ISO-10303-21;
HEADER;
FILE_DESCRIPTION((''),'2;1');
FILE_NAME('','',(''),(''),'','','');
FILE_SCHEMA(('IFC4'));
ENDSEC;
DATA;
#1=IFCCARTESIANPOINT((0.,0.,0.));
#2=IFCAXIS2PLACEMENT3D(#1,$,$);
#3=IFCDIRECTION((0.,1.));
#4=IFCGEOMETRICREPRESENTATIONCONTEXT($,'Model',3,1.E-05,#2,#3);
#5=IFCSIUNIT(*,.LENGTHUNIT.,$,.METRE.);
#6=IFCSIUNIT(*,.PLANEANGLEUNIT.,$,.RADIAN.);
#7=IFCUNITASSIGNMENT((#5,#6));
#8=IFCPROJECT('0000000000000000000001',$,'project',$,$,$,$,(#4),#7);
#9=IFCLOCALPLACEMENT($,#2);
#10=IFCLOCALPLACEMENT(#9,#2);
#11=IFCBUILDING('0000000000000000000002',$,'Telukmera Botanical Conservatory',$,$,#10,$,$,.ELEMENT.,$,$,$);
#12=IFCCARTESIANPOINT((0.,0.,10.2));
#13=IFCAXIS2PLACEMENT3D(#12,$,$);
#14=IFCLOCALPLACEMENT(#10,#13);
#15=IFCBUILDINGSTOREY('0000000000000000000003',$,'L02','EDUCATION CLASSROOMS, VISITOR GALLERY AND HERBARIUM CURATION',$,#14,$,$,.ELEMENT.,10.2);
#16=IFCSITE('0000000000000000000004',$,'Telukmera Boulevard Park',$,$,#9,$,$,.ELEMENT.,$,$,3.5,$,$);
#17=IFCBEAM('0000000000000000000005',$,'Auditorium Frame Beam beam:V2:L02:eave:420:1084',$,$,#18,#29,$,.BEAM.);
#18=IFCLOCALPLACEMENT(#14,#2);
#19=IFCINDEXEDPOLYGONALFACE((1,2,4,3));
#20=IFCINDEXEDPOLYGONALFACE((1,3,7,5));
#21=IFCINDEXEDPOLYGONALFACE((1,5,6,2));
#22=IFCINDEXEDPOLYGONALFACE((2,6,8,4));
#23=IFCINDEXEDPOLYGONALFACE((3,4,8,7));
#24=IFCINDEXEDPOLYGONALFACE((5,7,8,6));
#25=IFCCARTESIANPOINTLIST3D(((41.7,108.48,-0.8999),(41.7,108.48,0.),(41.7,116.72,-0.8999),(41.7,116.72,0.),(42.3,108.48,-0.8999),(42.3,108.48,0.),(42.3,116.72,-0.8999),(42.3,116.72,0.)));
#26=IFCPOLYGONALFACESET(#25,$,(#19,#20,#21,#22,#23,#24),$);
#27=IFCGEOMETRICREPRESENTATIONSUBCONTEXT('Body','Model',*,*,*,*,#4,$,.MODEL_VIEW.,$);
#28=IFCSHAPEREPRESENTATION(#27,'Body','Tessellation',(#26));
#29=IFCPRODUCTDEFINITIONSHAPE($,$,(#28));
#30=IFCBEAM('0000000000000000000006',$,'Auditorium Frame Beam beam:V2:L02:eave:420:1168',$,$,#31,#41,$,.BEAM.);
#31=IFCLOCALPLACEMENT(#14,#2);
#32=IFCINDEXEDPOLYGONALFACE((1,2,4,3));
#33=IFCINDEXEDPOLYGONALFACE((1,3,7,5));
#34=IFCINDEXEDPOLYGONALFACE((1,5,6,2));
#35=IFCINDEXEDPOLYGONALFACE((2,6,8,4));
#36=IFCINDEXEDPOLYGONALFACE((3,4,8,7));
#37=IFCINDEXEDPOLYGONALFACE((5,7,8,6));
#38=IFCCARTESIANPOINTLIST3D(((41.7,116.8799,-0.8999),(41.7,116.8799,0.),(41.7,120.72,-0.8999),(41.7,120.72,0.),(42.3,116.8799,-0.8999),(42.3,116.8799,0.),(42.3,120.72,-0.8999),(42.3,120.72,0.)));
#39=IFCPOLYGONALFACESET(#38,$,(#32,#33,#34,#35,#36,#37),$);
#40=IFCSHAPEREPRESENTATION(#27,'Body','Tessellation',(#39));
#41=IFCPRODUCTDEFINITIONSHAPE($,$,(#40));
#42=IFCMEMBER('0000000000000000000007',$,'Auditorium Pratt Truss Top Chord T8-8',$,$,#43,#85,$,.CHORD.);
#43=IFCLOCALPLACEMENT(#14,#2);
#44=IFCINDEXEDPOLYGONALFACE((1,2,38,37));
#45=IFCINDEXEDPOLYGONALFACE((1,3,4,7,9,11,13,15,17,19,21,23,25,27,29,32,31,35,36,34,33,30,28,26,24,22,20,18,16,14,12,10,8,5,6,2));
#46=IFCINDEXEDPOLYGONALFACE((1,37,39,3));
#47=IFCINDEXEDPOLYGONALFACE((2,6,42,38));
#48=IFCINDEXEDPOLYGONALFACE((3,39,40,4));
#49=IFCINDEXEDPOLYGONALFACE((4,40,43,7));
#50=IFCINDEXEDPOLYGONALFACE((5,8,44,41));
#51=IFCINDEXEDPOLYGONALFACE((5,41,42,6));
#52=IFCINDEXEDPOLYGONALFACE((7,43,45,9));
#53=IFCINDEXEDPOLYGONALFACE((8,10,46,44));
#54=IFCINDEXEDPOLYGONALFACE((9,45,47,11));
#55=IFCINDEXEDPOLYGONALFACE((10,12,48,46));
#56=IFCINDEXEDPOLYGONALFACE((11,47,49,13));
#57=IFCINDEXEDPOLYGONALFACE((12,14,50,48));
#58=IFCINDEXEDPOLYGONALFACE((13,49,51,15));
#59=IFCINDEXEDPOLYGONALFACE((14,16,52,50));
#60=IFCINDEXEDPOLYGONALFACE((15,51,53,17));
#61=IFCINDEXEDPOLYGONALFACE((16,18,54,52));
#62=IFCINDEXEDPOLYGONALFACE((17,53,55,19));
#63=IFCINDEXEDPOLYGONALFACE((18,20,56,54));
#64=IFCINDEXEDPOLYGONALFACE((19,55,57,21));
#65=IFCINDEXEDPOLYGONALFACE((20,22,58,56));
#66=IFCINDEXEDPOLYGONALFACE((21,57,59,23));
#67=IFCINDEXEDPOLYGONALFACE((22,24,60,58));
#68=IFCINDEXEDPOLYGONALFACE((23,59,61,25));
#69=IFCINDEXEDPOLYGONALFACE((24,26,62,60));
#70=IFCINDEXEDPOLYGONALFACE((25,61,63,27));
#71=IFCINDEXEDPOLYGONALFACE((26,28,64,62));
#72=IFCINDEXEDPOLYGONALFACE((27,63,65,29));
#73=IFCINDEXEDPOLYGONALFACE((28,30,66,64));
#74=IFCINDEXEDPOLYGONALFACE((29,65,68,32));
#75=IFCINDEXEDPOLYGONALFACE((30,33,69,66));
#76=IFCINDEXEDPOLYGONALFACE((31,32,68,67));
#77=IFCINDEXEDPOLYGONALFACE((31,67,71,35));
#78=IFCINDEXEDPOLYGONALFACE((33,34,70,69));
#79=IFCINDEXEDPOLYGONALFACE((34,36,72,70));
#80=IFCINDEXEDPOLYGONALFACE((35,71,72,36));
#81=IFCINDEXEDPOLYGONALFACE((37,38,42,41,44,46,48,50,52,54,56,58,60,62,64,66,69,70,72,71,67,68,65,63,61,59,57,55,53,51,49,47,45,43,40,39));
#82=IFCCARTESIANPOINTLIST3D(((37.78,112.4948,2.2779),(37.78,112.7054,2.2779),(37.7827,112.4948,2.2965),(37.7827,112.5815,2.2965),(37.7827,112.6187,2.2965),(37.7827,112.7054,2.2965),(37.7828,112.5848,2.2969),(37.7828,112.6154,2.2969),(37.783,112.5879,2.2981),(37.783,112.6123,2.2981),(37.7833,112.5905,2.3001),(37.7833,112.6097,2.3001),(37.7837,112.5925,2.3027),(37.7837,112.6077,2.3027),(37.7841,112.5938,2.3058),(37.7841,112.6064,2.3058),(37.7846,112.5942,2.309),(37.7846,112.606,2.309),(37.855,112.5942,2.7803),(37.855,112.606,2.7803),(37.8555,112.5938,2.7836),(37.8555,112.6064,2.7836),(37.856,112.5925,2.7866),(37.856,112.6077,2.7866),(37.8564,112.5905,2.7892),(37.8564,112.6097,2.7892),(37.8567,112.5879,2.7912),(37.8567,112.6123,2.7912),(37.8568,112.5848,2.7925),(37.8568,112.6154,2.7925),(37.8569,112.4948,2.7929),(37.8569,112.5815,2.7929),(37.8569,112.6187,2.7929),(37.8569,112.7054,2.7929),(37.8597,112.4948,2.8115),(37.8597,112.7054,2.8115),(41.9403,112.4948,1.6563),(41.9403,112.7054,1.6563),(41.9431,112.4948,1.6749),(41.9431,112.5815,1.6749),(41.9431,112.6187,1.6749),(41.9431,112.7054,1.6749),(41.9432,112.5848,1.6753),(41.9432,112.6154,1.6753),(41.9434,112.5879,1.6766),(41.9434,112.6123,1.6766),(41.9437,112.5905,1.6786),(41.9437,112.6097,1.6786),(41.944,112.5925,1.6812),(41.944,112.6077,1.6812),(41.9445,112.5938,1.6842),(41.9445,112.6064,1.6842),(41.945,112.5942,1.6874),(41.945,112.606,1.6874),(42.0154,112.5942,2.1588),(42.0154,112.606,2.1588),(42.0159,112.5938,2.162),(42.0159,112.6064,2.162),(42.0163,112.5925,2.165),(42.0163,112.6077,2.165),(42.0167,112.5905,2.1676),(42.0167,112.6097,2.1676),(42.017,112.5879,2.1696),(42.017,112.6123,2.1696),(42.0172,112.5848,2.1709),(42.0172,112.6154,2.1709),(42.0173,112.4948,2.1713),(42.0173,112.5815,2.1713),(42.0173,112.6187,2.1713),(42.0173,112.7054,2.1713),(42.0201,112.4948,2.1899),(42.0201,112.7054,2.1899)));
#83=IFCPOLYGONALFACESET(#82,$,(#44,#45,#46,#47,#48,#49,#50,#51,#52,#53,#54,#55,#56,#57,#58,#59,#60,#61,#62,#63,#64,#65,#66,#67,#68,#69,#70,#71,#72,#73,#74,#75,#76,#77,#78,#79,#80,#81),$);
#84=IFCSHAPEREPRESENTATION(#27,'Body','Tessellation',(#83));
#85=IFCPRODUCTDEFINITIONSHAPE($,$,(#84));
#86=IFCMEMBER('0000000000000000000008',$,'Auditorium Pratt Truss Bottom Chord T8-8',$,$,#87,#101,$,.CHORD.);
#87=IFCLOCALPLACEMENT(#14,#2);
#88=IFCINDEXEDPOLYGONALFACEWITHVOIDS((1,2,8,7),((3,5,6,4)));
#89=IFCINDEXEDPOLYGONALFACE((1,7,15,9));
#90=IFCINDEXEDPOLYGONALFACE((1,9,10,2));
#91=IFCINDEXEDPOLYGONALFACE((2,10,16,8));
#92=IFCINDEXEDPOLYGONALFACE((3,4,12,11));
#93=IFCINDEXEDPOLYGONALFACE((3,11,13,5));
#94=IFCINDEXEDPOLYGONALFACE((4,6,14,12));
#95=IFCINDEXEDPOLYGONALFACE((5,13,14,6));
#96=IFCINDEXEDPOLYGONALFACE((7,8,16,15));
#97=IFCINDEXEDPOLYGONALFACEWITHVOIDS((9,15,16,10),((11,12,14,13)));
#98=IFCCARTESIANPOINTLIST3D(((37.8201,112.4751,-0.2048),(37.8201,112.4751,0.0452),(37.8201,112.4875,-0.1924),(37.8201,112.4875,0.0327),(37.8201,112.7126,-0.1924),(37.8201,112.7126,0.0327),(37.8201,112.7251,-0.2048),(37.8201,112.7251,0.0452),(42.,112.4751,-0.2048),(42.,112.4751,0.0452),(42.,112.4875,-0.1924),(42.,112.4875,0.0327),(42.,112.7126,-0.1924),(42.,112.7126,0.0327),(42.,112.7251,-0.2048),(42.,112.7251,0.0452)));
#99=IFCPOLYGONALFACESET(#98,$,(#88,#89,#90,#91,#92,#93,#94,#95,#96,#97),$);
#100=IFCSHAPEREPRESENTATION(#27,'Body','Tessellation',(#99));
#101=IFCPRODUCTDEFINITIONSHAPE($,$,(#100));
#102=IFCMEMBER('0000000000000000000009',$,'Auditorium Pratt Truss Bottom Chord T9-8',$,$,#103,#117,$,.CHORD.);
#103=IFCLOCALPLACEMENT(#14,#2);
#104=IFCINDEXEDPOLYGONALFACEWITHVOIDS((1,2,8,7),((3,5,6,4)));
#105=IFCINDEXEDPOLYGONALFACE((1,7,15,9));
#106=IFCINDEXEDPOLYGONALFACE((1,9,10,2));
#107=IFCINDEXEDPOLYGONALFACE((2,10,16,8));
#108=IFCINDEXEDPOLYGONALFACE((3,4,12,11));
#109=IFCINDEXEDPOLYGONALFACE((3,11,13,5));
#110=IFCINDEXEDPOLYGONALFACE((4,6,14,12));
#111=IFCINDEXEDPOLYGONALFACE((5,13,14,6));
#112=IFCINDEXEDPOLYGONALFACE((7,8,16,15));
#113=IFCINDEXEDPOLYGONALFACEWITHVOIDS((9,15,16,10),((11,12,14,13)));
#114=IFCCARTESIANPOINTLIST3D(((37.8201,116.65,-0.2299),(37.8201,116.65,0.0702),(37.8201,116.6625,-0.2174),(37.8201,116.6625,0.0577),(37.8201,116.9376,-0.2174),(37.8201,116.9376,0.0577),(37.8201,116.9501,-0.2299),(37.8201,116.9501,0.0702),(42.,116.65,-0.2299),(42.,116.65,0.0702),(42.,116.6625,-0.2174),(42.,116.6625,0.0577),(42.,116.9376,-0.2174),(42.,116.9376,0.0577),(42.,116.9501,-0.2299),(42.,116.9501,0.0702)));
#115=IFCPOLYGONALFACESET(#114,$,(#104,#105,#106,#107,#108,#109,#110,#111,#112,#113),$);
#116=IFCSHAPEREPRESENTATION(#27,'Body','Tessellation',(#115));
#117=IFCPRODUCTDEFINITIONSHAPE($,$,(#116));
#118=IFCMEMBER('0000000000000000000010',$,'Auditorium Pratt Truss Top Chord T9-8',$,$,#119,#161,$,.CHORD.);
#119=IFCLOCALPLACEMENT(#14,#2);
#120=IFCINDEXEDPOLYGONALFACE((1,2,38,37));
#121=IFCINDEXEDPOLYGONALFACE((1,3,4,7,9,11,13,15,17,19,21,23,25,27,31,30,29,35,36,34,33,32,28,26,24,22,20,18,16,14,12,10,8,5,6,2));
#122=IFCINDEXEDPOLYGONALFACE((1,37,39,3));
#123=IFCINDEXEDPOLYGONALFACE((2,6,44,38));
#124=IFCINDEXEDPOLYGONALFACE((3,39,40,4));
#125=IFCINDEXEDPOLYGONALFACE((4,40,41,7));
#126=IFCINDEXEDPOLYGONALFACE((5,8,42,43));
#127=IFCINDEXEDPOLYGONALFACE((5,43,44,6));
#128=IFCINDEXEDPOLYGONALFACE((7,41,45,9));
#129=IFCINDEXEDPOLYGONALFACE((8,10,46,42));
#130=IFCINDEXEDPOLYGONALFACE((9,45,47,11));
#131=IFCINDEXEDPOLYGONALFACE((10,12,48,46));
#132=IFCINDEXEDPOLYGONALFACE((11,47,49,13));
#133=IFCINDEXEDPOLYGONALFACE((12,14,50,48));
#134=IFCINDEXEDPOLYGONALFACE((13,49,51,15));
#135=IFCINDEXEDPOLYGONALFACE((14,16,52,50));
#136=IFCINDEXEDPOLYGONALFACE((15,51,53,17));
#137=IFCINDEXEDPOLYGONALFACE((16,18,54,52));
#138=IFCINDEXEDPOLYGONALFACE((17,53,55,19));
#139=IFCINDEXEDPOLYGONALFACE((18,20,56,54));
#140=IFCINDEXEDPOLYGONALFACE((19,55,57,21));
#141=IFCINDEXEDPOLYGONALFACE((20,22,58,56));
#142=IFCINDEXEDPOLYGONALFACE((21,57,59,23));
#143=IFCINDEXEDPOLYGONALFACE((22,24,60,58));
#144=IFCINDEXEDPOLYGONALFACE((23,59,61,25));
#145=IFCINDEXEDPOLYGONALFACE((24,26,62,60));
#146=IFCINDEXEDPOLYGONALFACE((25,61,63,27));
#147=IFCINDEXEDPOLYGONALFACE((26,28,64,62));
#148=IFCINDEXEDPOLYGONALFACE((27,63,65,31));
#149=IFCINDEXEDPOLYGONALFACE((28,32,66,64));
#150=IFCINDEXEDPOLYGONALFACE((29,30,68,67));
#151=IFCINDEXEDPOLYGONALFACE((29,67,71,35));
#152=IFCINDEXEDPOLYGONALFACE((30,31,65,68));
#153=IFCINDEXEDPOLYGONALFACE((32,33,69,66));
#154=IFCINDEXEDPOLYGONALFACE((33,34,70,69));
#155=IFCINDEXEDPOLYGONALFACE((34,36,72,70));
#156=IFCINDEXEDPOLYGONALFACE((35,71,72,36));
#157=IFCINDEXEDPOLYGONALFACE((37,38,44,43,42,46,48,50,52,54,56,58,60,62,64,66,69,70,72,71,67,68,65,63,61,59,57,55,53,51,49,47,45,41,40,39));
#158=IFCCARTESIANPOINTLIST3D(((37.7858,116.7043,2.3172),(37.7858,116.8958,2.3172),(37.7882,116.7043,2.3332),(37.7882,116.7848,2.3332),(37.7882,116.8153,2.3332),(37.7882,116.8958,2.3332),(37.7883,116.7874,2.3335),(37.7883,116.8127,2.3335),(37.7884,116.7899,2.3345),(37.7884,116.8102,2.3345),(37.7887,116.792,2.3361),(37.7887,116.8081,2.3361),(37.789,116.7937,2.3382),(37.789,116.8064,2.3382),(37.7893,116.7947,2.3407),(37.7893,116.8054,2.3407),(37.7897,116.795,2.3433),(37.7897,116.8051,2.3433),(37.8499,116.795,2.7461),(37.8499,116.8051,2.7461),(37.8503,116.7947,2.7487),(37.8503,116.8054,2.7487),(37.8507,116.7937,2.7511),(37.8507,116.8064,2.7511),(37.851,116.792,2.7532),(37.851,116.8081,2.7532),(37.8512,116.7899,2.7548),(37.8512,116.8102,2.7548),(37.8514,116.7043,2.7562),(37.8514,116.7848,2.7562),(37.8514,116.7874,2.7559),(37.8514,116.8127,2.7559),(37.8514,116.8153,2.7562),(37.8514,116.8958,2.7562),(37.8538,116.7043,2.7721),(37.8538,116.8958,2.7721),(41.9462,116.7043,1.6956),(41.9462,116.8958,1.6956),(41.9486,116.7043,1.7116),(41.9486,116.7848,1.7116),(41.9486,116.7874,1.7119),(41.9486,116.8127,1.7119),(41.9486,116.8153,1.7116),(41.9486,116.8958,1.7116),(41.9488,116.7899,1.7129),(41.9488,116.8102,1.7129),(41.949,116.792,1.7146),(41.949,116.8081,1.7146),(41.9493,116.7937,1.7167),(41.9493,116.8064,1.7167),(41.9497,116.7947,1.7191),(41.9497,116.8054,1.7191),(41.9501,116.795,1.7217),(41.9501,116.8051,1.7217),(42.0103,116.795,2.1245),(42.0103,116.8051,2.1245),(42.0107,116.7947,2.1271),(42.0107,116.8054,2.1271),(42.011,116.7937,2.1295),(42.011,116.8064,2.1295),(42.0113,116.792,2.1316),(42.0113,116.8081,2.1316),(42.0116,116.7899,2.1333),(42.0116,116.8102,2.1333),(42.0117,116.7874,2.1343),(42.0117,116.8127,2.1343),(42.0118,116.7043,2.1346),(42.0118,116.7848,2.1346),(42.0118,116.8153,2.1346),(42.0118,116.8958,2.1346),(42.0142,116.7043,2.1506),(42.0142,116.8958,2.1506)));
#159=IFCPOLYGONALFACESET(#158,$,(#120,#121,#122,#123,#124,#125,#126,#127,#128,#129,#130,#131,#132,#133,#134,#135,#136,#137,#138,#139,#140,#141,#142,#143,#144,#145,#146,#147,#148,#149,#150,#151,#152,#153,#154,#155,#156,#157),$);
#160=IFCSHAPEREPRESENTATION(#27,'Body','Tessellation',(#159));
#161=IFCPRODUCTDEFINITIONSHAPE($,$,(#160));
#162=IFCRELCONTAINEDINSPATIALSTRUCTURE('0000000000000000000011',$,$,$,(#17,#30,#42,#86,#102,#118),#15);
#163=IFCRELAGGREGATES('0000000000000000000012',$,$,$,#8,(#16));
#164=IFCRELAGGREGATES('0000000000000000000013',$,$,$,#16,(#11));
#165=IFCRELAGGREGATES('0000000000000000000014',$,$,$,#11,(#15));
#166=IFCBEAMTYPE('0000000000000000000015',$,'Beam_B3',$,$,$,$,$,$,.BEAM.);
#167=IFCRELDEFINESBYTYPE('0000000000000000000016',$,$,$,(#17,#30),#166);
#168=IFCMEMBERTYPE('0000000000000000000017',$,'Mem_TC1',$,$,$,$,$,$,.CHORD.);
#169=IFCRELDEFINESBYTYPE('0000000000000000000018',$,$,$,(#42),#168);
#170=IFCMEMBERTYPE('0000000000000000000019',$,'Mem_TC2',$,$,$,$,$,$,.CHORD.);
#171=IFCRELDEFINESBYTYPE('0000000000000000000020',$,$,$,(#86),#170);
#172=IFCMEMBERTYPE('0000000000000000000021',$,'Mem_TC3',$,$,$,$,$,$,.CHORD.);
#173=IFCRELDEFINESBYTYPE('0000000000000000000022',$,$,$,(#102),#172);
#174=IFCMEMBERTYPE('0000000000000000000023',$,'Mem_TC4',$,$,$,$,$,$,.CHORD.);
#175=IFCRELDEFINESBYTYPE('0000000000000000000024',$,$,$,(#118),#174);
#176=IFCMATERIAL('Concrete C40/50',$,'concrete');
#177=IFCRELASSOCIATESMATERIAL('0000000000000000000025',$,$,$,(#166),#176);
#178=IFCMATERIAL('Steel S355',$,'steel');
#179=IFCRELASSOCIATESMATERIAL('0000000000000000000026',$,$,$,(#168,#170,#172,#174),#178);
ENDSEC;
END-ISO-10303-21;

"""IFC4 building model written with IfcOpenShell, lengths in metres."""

from ifc_helpers import new_model, si_unit, direction, frame, origin, origin_2d, place, context, subcontext, project, spatial, rectangle, hollow_rectangle, i_section, extrude, material, material_profile, profile_set, type_object, element, save


model = new_model("IFC4")

# Units and contexts
model_context = context("Model", 3, precision=1e-05, world=origin(), true_north=direction((0.0, 1.0)))
body_context = subcontext(model_context, "Body", "Model", "MODEL_VIEW")
ifc_project = project(units=[si_unit("LENGTHUNIT", "METRE"), si_unit("PLANEANGLEUNIT", "RADIAN")], contexts=[model_context])

# Site, building, storey
site_placement = place(None, origin())
site = spatial("IfcSite", under=ifc_project, at=site_placement, Name="Telukmera Boulevard Park", CompositionType="ELEMENT", RefElevation=3.5)
building_placement = place(site_placement, origin())
building = spatial("IfcBuilding", under=site, at=building_placement, Name="Telukmera Botanical Conservatory", CompositionType="ELEMENT")
storey_placement = place(building_placement, frame((0.0, 0.0, 10.2)))
storey = spatial("IfcBuildingStorey", under=building, at=storey_placement, Name="L02", Description="EDUCATION CLASSROOMS, VISITOR GALLERY AND HERBARIUM CURATION", CompositionType="ELEMENT", Elevation=10.2)

# Beams
ifc_material_1 = material(Name="Concrete C40/50", Category="concrete")
ifc_material_profile_1 = material_profile(ifc_material_1, rectangle(XDim=0.6001, YDim=0.8999, at=origin_2d()), Name="RC 600x900")
ifc_profile_set_1 = profile_set([ifc_material_profile_1], Name="Concrete C40/50")
beam_type = type_object("IfcBeamType", Name="Beam_B3", PredefinedType="BEAM", material=ifc_profile_set_1)
beam_1_placement = place(storey_placement, frame((42.0, 108.48, -0.45), z_axis=(0.0, 1.0, 0.0), x_axis=(-1.0, 0.0, 0.0)))
element("IfcBeam", 1, at=beam_1_placement, inside=storey, type_object=beam_type, Name="Auditorium Frame Beam beam:V2:L02:eave:420:1084", PredefinedType="BEAM", context=body_context, shape_type="SweptSolid", body=[
    extrude(rectangle(XDim=0.6001, YDim=0.8999, at=origin_2d()), origin(), (0.0, 0.0, 1.0), 8.24),
])
beam_2_placement = place(storey_placement, frame((42.0, 116.8799, -0.45), z_axis=(0.0, 1.0, 0.0), x_axis=(-1.0, 0.0, 0.0)))
element("IfcBeam", 2, at=beam_2_placement, inside=storey, type_object=beam_type, Name="Auditorium Frame Beam beam:V2:L02:eave:420:1168", PredefinedType="BEAM", context=body_context, shape_type="SweptSolid", body=[
    extrude(rectangle(XDim=0.6001, YDim=0.8999, at=origin_2d()), origin(), (0.0, 0.0, 1.0), 3.8401),
])

# Members
ifc_material_2 = material(Name="Steel S355", Category="steel")
ifc_material_profile_2 = material_profile(ifc_material_2, i_section(OverallWidth=0.2107, OverallDepth=0.5396, WebThickness=0.0117, FlangeThickness=0.0188, FilletRadius=0.0127, at=origin_2d()), Name="UB 533x210x109")
ifc_profile_set_2 = profile_set([ifc_material_profile_2], Name="Steel S355")
member_type_1 = type_object("IfcMemberType", Name="Mem_TC1", PredefinedType="CHORD", material=ifc_profile_set_2)
member_1_placement = place(storey_placement, frame((37.8198, 112.6001, 2.5447), z_axis=(0.989023, 0.0, -0.147764), x_axis=(0.0, 1.0, 0.0)))
element("IfcMember", 3, at=member_1_placement, inside=storey, type_object=member_type_1, Name="Auditorium Pratt Truss Top Chord T8-8", PredefinedType="CHORD", context=body_context, shape_type="SweptSolid", body=[
    extrude(i_section(OverallWidth=0.2107, OverallDepth=0.5396, WebThickness=0.0117, FlangeThickness=0.0188, FilletRadius=0.0127, at=origin_2d()), origin(), (0.0, 0.0, 1.0), 4.2065),
])
ifc_material_profile_3 = material_profile(ifc_material_2, hollow_rectangle(XDim=0.25, YDim=0.25, WallThickness=0.0125, at=origin_2d()), Name="SHS 250x250x12.5")
ifc_profile_set_3 = profile_set([ifc_material_profile_3], Name="Steel S355")
member_type_2 = type_object("IfcMemberType", Name="Mem_TC2", PredefinedType="CHORD", material=ifc_profile_set_3)
member_2_placement = place(storey_placement, frame((37.8201, 112.6001, -0.0798), z_axis=(1.0, 0.0, 0.0), x_axis=(0.0, 1.0, 0.0)))
element("IfcMember", 4, at=member_2_placement, inside=storey, type_object=member_type_2, Name="Auditorium Pratt Truss Bottom Chord T8-8", PredefinedType="CHORD", context=body_context, shape_type="SweptSolid", body=[
    extrude(hollow_rectangle(XDim=0.25, YDim=0.25, WallThickness=0.0125, at=origin_2d()), origin(), (0.0, 0.0, 1.0), 4.1799),
])
ifc_material_profile_4 = material_profile(ifc_material_2, hollow_rectangle(XDim=0.3, YDim=0.3, WallThickness=0.0125, at=origin_2d()), Name="SHS 300x300x12.5")
ifc_profile_set_4 = profile_set([ifc_material_profile_4], Name="Steel S355")
member_type_3 = type_object("IfcMemberType", Name="Mem_TC3", PredefinedType="CHORD", material=ifc_profile_set_4)
member_3_placement = place(storey_placement, frame((37.8201, 116.8, -0.0798), z_axis=(1.0, 0.0, 0.0), x_axis=(0.0, 1.0, 0.0)))
element("IfcMember", 5, at=member_3_placement, inside=storey, type_object=member_type_3, Name="Auditorium Pratt Truss Bottom Chord T9-8", PredefinedType="CHORD", context=body_context, shape_type="SweptSolid", body=[
    extrude(hollow_rectangle(XDim=0.3, YDim=0.3, WallThickness=0.0125, at=origin_2d()), origin(), (0.0, 0.0, 1.0), 4.1799),
])
ifc_material_profile_5 = material_profile(ifc_material_2, i_section(OverallWidth=0.1914, OverallDepth=0.46, WebThickness=0.01, FlangeThickness=0.0161, FilletRadius=0.0103, at=origin_2d()), Name="UB 457x191x82")
ifc_profile_set_5 = profile_set([ifc_material_profile_5], Name="Steel S355")
member_type_4 = type_object("IfcMemberType", Name="Mem_TC4", PredefinedType="CHORD", material=ifc_profile_set_5)
member_4_placement = place(storey_placement, frame((37.8198, 116.8, 2.5447), z_axis=(0.989023, 0.0, -0.147764), x_axis=(0.0, 1.0, 0.0)))
element("IfcMember", 6, at=member_4_placement, inside=storey, type_object=member_type_4, Name="Auditorium Pratt Truss Top Chord T9-8", PredefinedType="CHORD", context=body_context, shape_type="SweptSolid", body=[
    extrude(i_section(OverallWidth=0.1914, OverallDepth=0.46, WebThickness=0.01, FlangeThickness=0.0161, FilletRadius=0.0103, at=origin_2d()), origin(), (0.0, 0.0, 1.0), 4.2065),
])

save(model, "model.ifc")
